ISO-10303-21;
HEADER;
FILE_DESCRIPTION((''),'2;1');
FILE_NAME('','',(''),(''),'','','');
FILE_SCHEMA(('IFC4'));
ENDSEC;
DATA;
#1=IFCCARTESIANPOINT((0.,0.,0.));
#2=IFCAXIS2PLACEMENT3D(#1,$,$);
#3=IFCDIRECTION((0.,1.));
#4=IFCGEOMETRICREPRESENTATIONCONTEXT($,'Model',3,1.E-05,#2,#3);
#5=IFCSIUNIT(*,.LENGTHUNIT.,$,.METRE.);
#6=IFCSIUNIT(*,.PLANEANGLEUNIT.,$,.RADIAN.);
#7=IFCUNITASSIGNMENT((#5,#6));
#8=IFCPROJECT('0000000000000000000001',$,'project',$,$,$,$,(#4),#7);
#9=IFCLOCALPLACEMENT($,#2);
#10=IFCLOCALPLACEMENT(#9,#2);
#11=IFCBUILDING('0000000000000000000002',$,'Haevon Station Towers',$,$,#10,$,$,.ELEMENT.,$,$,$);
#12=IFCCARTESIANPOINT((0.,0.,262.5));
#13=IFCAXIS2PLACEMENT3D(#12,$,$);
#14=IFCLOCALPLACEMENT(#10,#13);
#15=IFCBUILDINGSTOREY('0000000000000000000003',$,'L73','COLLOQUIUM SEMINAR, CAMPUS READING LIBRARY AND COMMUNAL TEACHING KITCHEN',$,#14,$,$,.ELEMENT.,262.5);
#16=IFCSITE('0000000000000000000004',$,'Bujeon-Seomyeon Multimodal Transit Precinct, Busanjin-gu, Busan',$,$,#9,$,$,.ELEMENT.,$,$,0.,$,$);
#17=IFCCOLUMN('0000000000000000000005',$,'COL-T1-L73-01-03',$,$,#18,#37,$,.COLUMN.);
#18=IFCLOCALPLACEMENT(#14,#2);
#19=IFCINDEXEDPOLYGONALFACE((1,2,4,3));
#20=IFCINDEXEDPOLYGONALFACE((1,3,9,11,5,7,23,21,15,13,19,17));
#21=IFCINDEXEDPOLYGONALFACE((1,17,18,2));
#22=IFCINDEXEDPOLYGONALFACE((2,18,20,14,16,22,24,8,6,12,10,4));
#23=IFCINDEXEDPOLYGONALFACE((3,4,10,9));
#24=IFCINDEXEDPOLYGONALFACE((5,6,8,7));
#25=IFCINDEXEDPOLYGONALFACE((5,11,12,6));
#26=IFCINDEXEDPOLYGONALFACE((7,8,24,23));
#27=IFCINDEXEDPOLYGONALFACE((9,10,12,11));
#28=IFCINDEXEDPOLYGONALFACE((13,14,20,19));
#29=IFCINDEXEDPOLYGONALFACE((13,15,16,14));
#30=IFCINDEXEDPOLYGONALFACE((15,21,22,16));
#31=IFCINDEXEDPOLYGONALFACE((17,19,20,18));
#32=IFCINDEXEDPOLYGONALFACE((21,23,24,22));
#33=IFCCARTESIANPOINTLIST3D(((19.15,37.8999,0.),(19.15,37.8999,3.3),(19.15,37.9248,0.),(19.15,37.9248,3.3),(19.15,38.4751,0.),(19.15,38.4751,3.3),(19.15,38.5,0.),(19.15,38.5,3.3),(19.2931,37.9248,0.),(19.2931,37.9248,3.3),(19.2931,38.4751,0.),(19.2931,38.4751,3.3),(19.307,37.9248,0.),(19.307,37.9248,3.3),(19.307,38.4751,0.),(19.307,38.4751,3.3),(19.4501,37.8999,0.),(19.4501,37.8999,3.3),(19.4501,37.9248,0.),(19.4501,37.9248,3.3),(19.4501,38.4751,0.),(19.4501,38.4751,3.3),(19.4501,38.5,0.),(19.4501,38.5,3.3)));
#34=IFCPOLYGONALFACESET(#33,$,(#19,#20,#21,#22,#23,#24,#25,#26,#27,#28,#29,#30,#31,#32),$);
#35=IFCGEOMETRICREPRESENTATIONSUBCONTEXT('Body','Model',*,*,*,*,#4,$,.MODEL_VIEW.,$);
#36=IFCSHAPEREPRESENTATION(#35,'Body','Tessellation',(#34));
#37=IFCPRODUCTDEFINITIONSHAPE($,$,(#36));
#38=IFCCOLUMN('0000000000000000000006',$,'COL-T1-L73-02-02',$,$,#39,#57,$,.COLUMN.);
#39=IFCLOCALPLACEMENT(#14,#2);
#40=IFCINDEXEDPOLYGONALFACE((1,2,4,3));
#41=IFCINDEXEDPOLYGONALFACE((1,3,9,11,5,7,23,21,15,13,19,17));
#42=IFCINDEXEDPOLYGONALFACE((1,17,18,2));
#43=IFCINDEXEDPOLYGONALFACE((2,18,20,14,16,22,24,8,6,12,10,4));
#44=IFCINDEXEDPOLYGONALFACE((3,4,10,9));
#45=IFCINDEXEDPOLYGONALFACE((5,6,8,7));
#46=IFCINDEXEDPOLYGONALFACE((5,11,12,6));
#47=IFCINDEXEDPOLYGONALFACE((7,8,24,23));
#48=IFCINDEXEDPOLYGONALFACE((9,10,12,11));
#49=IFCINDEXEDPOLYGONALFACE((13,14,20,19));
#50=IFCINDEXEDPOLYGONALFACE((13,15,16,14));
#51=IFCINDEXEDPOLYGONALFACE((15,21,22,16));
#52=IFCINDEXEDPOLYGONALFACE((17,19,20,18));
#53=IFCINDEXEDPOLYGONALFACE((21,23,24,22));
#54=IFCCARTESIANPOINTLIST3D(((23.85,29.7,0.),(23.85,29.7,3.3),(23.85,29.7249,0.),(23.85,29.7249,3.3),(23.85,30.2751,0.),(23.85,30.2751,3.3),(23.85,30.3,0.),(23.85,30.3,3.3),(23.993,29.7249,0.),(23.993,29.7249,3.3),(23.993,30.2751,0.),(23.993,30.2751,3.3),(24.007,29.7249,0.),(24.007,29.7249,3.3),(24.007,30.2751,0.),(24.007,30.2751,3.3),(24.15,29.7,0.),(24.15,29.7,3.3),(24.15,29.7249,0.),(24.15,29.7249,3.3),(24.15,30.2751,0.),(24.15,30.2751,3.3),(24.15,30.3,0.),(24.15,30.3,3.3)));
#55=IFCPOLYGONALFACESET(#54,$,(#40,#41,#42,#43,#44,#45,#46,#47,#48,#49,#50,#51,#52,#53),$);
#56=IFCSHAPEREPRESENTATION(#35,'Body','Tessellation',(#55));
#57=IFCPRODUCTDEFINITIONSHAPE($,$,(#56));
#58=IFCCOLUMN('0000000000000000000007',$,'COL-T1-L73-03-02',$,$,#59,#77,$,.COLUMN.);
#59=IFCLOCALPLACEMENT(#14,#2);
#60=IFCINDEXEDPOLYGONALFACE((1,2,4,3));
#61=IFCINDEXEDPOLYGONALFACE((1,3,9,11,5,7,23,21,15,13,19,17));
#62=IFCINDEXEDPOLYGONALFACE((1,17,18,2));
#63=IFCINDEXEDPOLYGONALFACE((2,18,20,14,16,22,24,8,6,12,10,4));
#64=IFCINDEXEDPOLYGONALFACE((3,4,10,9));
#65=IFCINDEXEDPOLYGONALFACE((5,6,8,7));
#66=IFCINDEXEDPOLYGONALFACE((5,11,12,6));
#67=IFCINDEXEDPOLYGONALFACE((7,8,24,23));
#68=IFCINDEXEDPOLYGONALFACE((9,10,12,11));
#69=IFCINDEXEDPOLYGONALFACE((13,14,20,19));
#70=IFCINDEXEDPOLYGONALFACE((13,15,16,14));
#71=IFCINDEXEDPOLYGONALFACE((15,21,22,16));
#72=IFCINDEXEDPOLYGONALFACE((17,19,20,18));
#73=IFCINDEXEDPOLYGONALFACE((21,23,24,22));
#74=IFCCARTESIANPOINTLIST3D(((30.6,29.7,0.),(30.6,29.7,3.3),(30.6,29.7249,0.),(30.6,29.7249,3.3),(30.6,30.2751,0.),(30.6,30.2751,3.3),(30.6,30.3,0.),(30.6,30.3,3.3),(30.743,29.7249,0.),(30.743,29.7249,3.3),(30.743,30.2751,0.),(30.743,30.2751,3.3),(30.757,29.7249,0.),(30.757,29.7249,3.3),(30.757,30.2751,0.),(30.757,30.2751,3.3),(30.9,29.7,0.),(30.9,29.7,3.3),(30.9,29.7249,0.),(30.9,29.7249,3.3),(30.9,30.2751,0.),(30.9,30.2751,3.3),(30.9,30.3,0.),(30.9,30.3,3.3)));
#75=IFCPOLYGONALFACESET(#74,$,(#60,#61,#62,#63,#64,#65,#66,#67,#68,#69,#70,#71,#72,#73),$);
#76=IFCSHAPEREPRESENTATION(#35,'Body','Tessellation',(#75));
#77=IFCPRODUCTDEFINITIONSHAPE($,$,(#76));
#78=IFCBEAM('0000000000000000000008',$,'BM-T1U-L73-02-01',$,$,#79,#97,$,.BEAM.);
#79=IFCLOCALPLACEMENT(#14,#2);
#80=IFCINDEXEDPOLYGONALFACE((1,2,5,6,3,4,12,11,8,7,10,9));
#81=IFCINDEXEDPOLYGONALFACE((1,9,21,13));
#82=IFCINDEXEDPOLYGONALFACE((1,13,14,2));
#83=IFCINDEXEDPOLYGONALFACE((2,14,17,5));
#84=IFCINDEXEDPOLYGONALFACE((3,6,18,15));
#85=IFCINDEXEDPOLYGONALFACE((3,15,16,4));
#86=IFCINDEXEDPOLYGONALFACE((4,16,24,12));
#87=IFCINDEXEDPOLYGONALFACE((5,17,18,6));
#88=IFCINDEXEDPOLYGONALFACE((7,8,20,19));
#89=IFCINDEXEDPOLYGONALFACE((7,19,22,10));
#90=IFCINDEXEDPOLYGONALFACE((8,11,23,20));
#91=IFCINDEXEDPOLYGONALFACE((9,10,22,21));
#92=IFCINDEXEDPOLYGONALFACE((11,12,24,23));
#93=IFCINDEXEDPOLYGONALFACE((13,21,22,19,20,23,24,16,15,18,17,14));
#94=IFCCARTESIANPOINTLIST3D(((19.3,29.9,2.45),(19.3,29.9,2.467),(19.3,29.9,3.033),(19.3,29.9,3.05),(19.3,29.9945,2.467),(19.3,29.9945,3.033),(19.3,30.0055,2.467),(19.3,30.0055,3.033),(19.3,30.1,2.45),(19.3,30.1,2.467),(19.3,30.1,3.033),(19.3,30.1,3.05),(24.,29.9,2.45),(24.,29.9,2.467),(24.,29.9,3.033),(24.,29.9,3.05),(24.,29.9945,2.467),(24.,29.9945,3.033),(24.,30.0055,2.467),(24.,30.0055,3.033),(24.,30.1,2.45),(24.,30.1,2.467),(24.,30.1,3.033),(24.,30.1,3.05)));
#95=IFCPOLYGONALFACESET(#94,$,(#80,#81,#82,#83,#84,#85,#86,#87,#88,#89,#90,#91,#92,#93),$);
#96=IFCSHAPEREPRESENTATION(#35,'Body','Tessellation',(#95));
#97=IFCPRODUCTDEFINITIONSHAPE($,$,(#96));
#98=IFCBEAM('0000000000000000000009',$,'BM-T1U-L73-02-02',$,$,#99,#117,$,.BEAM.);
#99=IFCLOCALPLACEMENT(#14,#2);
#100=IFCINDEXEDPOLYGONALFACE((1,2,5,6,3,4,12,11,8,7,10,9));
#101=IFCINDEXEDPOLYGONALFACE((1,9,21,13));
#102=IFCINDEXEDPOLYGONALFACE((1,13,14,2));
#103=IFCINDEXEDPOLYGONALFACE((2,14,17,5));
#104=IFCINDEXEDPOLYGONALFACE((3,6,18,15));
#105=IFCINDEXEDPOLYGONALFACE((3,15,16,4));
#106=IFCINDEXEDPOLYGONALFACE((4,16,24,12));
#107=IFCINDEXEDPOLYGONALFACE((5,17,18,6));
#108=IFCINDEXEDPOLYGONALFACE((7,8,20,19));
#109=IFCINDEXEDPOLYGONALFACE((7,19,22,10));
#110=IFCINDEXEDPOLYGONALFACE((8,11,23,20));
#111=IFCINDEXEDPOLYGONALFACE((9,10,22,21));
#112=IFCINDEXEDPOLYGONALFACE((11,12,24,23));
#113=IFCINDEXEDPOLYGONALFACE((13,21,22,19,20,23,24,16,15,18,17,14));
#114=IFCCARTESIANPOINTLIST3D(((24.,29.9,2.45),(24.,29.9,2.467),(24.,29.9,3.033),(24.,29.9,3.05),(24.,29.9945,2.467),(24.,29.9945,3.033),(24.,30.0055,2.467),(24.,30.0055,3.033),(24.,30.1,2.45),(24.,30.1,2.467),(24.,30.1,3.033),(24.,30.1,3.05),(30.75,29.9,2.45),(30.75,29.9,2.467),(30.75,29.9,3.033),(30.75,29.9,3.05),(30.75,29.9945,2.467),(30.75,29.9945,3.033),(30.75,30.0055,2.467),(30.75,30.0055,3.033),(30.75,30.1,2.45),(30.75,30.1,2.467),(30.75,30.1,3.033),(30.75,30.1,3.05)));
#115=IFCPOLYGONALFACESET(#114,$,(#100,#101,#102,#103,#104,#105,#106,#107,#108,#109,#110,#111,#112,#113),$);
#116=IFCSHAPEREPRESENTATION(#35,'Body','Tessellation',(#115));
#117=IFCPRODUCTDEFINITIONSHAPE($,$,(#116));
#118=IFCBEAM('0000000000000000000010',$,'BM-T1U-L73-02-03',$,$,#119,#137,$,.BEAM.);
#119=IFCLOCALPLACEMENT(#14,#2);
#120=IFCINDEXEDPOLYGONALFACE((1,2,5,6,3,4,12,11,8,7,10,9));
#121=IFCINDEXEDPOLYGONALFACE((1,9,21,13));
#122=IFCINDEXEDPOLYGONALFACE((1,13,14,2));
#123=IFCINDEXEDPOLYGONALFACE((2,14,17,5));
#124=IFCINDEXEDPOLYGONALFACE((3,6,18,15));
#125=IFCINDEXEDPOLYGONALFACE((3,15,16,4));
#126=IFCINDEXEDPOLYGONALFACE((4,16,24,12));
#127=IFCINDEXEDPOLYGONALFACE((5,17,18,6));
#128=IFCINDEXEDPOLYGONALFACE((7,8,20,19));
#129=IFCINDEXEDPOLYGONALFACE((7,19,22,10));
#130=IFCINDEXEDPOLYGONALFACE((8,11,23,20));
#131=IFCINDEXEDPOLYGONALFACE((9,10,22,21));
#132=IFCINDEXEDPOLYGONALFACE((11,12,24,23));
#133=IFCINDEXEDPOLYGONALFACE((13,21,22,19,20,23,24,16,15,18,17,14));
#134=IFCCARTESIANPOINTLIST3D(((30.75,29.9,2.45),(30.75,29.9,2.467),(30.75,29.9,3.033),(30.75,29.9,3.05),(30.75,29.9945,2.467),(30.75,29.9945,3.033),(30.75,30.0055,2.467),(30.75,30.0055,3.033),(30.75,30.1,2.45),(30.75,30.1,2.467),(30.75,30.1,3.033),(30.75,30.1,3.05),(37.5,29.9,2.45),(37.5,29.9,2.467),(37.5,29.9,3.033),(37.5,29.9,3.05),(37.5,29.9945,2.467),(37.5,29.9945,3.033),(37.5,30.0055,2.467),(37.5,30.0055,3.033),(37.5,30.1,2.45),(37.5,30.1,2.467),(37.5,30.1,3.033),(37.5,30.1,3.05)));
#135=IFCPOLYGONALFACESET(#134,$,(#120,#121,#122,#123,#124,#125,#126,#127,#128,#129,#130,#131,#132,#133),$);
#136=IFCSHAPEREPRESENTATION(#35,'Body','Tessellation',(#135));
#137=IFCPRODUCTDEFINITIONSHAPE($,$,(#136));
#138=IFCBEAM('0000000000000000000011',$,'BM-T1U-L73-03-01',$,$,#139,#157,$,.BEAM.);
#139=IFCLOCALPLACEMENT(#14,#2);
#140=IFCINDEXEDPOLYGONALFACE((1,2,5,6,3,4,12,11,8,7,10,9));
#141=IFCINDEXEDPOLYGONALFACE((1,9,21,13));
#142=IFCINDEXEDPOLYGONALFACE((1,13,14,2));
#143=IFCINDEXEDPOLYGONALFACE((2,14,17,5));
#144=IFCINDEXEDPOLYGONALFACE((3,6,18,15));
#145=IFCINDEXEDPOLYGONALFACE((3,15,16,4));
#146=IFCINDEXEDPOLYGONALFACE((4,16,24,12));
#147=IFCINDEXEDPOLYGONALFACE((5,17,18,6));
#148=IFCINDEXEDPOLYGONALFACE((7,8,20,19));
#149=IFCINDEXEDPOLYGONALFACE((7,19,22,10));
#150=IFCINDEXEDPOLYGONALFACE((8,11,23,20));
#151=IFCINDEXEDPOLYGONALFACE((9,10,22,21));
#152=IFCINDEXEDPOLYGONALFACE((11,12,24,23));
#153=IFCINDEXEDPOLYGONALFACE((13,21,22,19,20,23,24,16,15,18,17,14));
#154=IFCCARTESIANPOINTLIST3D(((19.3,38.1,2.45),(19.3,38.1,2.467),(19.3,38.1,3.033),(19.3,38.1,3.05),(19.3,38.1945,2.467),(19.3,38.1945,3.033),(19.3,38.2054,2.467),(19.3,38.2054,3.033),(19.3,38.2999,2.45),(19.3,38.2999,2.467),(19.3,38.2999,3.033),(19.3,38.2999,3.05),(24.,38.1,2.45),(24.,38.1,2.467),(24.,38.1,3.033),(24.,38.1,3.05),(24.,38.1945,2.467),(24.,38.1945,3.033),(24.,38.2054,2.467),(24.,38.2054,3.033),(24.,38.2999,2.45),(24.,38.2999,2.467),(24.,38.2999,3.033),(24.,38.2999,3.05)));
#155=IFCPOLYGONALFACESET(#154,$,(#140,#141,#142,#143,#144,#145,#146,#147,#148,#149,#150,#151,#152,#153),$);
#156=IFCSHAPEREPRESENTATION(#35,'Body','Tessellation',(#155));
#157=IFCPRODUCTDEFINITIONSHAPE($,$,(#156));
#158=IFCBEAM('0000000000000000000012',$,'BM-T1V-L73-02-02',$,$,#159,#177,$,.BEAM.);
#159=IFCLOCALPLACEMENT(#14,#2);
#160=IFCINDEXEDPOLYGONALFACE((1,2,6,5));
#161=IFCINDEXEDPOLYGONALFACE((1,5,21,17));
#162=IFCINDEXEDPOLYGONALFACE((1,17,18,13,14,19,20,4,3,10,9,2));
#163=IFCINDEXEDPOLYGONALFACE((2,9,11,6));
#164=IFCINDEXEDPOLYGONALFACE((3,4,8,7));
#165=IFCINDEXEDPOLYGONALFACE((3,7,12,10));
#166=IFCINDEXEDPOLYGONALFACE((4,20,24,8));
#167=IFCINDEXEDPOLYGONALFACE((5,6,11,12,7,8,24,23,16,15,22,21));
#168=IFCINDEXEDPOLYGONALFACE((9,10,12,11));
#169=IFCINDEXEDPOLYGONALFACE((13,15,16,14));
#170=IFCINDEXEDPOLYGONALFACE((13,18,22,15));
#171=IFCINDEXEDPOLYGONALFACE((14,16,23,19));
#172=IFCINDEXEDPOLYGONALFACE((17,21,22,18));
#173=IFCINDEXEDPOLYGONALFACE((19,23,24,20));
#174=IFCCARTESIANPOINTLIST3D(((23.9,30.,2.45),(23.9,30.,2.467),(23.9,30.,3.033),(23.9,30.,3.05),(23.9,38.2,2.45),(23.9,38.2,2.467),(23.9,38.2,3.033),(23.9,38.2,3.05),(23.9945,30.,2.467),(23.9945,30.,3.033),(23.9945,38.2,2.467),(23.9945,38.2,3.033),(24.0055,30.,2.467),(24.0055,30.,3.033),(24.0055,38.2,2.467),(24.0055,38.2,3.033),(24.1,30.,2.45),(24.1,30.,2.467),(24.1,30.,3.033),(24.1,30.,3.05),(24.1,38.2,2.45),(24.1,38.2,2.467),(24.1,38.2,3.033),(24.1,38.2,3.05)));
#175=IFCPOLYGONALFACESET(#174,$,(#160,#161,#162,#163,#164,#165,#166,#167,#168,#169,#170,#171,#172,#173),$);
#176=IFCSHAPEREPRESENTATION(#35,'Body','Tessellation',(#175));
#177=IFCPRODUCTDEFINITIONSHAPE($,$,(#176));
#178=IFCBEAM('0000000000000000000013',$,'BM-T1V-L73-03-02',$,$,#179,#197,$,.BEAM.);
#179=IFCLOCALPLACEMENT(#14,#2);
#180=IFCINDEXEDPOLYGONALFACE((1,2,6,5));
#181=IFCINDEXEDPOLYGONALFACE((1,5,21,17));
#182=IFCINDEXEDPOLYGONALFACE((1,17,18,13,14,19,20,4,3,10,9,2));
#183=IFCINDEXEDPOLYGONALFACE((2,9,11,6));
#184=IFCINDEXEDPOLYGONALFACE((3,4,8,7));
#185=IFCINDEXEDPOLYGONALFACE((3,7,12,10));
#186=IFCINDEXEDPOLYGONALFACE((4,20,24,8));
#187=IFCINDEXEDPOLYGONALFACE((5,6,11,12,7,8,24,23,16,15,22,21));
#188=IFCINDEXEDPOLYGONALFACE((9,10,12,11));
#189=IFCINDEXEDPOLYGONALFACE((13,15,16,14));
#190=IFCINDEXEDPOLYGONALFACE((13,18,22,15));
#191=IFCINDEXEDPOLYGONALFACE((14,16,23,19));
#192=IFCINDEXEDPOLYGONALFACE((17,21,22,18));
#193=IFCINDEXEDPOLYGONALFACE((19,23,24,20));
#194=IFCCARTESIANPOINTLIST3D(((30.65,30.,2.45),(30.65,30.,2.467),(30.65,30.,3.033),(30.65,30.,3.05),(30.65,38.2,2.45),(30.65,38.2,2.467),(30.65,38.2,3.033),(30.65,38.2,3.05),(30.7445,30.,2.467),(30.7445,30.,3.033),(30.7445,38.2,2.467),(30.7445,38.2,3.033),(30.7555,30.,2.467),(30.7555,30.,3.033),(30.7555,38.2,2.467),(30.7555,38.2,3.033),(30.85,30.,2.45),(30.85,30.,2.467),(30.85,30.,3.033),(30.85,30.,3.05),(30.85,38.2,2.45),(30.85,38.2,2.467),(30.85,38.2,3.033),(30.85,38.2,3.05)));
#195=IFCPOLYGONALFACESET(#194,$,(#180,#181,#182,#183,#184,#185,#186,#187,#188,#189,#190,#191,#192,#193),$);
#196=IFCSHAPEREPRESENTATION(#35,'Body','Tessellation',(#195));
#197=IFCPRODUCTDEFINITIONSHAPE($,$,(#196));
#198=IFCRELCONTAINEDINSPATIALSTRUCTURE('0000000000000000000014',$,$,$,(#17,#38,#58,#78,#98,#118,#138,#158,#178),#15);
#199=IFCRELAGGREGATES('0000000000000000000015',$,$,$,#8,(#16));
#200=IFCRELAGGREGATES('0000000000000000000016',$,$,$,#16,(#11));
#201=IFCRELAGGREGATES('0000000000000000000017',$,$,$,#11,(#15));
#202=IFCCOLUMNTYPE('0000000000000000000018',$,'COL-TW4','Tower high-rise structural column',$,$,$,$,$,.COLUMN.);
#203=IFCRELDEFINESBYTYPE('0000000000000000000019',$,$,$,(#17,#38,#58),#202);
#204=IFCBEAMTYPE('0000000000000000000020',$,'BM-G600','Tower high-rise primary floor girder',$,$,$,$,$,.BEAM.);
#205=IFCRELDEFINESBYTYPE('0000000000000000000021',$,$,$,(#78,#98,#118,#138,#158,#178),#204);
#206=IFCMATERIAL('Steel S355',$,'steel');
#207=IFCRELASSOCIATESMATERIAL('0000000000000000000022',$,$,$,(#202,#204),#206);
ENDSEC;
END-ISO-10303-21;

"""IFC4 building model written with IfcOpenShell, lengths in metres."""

from ifc_helpers import new_model, si_unit, direction, frame, origin, origin_2d, place, context, subcontext, project, spatial, i_section, extrude, material, material_profile, profile_set, type_object, element, save


model = new_model("IFC4")

# Units and contexts
model_context = context("Model", 3, precision=1e-05, world=origin(), true_north=direction((0.0, 1.0)))
body_context = subcontext(model_context, "Body", "Model", "MODEL_VIEW")
ifc_project = project(units=[si_unit("LENGTHUNIT", "METRE"), si_unit("PLANEANGLEUNIT", "RADIAN")], contexts=[model_context])

# Site, building, storey
site_placement = place(None, origin())
site = spatial("IfcSite", under=ifc_project, at=site_placement, Name="Bujeon-Seomyeon Multimodal Transit Precinct, Busanjin-gu, Busan", CompositionType="ELEMENT", RefElevation=0.0)
building_placement = place(site_placement, origin())
building = spatial("IfcBuilding", under=site, at=building_placement, Name="Haevon Station Towers", CompositionType="ELEMENT")
storey_placement = place(building_placement, frame((0.0, 0.0, 262.5)))
storey = spatial("IfcBuildingStorey", under=building, at=storey_placement, Name="L73", Description="COLLOQUIUM SEMINAR, CAMPUS READING LIBRARY AND COMMUNAL TEACHING KITCHEN", CompositionType="ELEMENT", Elevation=262.5)

# Columns
ifc_material_1 = material(Name="Steel S355", Category="steel")
ifc_material_profile_1 = material_profile(ifc_material_1, i_section(OverallWidth=0.3, OverallDepth=0.6001, WebThickness=0.0139, FlangeThickness=0.0249, at=origin_2d()), Name="H-600x300x14x25")
ifc_profile_set_1 = profile_set([ifc_material_profile_1], Name="Steel S355")
column_type = type_object("IfcColumnType", Name="COL-TW4", Description="Tower high-rise structural column", PredefinedType="COLUMN", material=ifc_profile_set_1)
for number, where, z_axis, x_axis, name in (
    (1, (19.3, 38.2, 0.0), (0.0, 0.0, 1.0), (1.0, 0.0, 0.0), "COL-T1-L73-01-03"),
    (2, (24.0, 30.0, 0.0), (0.0, 0.0, 1.0), (1.0, 0.0, 0.0), "COL-T1-L73-02-02"),
    (3, (30.75, 30.0, 0.0), (0.0, 0.0, 1.0), (1.0, 0.0, 0.0), "COL-T1-L73-03-02"),
):
    element("IfcColumn", number, at=place(storey_placement, frame(where, z_axis=z_axis, x_axis=x_axis)), inside=storey, type_object=column_type, Name=name, PredefinedType="COLUMN", context=body_context, shape_type="SweptSolid", body=[
        extrude(i_section(OverallWidth=0.3, OverallDepth=0.6001, WebThickness=0.0139, FlangeThickness=0.0249, at=origin_2d()), origin(), (0.0, 0.0, 1.0), 3.3),
    ])

# Beams
ifc_material_profile_2 = material_profile(ifc_material_1, i_section(OverallWidth=0.2, OverallDepth=0.6001, WebThickness=0.011, FlangeThickness=0.0171, at=origin_2d()), Name="H-600x200x11x17")
ifc_profile_set_2 = profile_set([ifc_material_profile_2], Name="Steel S355")
beam_type_1 = type_object("IfcBeamType", Name="BM-G600", Description="Tower high-rise primary floor girder", PredefinedType="BEAM", material=ifc_profile_set_2)
beam_1_placement = place(storey_placement, frame((19.3, 30.0, 2.75), z_axis=(1.0, 0.0, 0.0), x_axis=(0.0, 1.0, 0.0)))
element("IfcBeam", 4, at=beam_1_placement, inside=storey, type_object=beam_type_1, Name="BM-T1U-L73-02-01", PredefinedType="BEAM", context=body_context, shape_type="SweptSolid", body=[
    extrude(i_section(OverallWidth=0.2, OverallDepth=0.6001, WebThickness=0.011, FlangeThickness=0.0171, at=origin_2d()), origin(), (0.0, 0.0, 1.0), 4.7),
])
for number, where, z_axis, x_axis, name in (
    (5, (24.0, 30.0, 2.75), (1.0, 0.0, 0.0), (0.0, 1.0, 0.0), "BM-T1U-L73-02-02"),
    (6, (30.75, 30.0, 2.75), (1.0, 0.0, 0.0), (0.0, 1.0, 0.0), "BM-T1U-L73-02-03"),
):
    element("IfcBeam", number, at=place(storey_placement, frame(where, z_axis=z_axis, x_axis=x_axis)), inside=storey, type_object=beam_type_1, Name=name, PredefinedType="BEAM", context=body_context, shape_type="SweptSolid", body=[
        extrude(i_section(OverallWidth=0.2, OverallDepth=0.6001, WebThickness=0.011, FlangeThickness=0.0171, at=origin_2d()), origin(), (0.0, 0.0, 1.0), 6.75),
    ])
beam_2_placement = place(storey_placement, frame((19.3, 38.2, 2.75), z_axis=(1.0, 0.0, 0.0), x_axis=(0.0, 1.0, 0.0)))
element("IfcBeam", 7, at=beam_2_placement, inside=storey, type_object=beam_type_1, Name="BM-T1U-L73-03-01", PredefinedType="BEAM", context=body_context, shape_type="SweptSolid", body=[
    extrude(i_section(OverallWidth=0.2, OverallDepth=0.6001, WebThickness=0.011, FlangeThickness=0.0171, at=origin_2d()), origin(), (0.0, 0.0, 1.0), 4.7),
])
for number, where, z_axis, x_axis, name in (
    (8, (24.0, 30.0, 2.75), (0.0, 1.0, 0.0), (-1.0, 0.0, 0.0), "BM-T1V-L73-02-02"),
    (9, (30.75, 30.0, 2.75), (0.0, 1.0, 0.0), (-1.0, 0.0, 0.0), "BM-T1V-L73-03-02"),
):
    element("IfcBeam", number, at=place(storey_placement, frame(where, z_axis=z_axis, x_axis=x_axis)), inside=storey, type_object=beam_type_1, Name=name, PredefinedType="BEAM", context=body_context, shape_type="SweptSolid", body=[
        extrude(i_section(OverallWidth=0.2, OverallDepth=0.6001, WebThickness=0.011, FlangeThickness=0.0171, at=origin_2d()), origin(), (0.0, 0.0, 1.0), 8.2),
    ])

save(model, "model.ifc")
